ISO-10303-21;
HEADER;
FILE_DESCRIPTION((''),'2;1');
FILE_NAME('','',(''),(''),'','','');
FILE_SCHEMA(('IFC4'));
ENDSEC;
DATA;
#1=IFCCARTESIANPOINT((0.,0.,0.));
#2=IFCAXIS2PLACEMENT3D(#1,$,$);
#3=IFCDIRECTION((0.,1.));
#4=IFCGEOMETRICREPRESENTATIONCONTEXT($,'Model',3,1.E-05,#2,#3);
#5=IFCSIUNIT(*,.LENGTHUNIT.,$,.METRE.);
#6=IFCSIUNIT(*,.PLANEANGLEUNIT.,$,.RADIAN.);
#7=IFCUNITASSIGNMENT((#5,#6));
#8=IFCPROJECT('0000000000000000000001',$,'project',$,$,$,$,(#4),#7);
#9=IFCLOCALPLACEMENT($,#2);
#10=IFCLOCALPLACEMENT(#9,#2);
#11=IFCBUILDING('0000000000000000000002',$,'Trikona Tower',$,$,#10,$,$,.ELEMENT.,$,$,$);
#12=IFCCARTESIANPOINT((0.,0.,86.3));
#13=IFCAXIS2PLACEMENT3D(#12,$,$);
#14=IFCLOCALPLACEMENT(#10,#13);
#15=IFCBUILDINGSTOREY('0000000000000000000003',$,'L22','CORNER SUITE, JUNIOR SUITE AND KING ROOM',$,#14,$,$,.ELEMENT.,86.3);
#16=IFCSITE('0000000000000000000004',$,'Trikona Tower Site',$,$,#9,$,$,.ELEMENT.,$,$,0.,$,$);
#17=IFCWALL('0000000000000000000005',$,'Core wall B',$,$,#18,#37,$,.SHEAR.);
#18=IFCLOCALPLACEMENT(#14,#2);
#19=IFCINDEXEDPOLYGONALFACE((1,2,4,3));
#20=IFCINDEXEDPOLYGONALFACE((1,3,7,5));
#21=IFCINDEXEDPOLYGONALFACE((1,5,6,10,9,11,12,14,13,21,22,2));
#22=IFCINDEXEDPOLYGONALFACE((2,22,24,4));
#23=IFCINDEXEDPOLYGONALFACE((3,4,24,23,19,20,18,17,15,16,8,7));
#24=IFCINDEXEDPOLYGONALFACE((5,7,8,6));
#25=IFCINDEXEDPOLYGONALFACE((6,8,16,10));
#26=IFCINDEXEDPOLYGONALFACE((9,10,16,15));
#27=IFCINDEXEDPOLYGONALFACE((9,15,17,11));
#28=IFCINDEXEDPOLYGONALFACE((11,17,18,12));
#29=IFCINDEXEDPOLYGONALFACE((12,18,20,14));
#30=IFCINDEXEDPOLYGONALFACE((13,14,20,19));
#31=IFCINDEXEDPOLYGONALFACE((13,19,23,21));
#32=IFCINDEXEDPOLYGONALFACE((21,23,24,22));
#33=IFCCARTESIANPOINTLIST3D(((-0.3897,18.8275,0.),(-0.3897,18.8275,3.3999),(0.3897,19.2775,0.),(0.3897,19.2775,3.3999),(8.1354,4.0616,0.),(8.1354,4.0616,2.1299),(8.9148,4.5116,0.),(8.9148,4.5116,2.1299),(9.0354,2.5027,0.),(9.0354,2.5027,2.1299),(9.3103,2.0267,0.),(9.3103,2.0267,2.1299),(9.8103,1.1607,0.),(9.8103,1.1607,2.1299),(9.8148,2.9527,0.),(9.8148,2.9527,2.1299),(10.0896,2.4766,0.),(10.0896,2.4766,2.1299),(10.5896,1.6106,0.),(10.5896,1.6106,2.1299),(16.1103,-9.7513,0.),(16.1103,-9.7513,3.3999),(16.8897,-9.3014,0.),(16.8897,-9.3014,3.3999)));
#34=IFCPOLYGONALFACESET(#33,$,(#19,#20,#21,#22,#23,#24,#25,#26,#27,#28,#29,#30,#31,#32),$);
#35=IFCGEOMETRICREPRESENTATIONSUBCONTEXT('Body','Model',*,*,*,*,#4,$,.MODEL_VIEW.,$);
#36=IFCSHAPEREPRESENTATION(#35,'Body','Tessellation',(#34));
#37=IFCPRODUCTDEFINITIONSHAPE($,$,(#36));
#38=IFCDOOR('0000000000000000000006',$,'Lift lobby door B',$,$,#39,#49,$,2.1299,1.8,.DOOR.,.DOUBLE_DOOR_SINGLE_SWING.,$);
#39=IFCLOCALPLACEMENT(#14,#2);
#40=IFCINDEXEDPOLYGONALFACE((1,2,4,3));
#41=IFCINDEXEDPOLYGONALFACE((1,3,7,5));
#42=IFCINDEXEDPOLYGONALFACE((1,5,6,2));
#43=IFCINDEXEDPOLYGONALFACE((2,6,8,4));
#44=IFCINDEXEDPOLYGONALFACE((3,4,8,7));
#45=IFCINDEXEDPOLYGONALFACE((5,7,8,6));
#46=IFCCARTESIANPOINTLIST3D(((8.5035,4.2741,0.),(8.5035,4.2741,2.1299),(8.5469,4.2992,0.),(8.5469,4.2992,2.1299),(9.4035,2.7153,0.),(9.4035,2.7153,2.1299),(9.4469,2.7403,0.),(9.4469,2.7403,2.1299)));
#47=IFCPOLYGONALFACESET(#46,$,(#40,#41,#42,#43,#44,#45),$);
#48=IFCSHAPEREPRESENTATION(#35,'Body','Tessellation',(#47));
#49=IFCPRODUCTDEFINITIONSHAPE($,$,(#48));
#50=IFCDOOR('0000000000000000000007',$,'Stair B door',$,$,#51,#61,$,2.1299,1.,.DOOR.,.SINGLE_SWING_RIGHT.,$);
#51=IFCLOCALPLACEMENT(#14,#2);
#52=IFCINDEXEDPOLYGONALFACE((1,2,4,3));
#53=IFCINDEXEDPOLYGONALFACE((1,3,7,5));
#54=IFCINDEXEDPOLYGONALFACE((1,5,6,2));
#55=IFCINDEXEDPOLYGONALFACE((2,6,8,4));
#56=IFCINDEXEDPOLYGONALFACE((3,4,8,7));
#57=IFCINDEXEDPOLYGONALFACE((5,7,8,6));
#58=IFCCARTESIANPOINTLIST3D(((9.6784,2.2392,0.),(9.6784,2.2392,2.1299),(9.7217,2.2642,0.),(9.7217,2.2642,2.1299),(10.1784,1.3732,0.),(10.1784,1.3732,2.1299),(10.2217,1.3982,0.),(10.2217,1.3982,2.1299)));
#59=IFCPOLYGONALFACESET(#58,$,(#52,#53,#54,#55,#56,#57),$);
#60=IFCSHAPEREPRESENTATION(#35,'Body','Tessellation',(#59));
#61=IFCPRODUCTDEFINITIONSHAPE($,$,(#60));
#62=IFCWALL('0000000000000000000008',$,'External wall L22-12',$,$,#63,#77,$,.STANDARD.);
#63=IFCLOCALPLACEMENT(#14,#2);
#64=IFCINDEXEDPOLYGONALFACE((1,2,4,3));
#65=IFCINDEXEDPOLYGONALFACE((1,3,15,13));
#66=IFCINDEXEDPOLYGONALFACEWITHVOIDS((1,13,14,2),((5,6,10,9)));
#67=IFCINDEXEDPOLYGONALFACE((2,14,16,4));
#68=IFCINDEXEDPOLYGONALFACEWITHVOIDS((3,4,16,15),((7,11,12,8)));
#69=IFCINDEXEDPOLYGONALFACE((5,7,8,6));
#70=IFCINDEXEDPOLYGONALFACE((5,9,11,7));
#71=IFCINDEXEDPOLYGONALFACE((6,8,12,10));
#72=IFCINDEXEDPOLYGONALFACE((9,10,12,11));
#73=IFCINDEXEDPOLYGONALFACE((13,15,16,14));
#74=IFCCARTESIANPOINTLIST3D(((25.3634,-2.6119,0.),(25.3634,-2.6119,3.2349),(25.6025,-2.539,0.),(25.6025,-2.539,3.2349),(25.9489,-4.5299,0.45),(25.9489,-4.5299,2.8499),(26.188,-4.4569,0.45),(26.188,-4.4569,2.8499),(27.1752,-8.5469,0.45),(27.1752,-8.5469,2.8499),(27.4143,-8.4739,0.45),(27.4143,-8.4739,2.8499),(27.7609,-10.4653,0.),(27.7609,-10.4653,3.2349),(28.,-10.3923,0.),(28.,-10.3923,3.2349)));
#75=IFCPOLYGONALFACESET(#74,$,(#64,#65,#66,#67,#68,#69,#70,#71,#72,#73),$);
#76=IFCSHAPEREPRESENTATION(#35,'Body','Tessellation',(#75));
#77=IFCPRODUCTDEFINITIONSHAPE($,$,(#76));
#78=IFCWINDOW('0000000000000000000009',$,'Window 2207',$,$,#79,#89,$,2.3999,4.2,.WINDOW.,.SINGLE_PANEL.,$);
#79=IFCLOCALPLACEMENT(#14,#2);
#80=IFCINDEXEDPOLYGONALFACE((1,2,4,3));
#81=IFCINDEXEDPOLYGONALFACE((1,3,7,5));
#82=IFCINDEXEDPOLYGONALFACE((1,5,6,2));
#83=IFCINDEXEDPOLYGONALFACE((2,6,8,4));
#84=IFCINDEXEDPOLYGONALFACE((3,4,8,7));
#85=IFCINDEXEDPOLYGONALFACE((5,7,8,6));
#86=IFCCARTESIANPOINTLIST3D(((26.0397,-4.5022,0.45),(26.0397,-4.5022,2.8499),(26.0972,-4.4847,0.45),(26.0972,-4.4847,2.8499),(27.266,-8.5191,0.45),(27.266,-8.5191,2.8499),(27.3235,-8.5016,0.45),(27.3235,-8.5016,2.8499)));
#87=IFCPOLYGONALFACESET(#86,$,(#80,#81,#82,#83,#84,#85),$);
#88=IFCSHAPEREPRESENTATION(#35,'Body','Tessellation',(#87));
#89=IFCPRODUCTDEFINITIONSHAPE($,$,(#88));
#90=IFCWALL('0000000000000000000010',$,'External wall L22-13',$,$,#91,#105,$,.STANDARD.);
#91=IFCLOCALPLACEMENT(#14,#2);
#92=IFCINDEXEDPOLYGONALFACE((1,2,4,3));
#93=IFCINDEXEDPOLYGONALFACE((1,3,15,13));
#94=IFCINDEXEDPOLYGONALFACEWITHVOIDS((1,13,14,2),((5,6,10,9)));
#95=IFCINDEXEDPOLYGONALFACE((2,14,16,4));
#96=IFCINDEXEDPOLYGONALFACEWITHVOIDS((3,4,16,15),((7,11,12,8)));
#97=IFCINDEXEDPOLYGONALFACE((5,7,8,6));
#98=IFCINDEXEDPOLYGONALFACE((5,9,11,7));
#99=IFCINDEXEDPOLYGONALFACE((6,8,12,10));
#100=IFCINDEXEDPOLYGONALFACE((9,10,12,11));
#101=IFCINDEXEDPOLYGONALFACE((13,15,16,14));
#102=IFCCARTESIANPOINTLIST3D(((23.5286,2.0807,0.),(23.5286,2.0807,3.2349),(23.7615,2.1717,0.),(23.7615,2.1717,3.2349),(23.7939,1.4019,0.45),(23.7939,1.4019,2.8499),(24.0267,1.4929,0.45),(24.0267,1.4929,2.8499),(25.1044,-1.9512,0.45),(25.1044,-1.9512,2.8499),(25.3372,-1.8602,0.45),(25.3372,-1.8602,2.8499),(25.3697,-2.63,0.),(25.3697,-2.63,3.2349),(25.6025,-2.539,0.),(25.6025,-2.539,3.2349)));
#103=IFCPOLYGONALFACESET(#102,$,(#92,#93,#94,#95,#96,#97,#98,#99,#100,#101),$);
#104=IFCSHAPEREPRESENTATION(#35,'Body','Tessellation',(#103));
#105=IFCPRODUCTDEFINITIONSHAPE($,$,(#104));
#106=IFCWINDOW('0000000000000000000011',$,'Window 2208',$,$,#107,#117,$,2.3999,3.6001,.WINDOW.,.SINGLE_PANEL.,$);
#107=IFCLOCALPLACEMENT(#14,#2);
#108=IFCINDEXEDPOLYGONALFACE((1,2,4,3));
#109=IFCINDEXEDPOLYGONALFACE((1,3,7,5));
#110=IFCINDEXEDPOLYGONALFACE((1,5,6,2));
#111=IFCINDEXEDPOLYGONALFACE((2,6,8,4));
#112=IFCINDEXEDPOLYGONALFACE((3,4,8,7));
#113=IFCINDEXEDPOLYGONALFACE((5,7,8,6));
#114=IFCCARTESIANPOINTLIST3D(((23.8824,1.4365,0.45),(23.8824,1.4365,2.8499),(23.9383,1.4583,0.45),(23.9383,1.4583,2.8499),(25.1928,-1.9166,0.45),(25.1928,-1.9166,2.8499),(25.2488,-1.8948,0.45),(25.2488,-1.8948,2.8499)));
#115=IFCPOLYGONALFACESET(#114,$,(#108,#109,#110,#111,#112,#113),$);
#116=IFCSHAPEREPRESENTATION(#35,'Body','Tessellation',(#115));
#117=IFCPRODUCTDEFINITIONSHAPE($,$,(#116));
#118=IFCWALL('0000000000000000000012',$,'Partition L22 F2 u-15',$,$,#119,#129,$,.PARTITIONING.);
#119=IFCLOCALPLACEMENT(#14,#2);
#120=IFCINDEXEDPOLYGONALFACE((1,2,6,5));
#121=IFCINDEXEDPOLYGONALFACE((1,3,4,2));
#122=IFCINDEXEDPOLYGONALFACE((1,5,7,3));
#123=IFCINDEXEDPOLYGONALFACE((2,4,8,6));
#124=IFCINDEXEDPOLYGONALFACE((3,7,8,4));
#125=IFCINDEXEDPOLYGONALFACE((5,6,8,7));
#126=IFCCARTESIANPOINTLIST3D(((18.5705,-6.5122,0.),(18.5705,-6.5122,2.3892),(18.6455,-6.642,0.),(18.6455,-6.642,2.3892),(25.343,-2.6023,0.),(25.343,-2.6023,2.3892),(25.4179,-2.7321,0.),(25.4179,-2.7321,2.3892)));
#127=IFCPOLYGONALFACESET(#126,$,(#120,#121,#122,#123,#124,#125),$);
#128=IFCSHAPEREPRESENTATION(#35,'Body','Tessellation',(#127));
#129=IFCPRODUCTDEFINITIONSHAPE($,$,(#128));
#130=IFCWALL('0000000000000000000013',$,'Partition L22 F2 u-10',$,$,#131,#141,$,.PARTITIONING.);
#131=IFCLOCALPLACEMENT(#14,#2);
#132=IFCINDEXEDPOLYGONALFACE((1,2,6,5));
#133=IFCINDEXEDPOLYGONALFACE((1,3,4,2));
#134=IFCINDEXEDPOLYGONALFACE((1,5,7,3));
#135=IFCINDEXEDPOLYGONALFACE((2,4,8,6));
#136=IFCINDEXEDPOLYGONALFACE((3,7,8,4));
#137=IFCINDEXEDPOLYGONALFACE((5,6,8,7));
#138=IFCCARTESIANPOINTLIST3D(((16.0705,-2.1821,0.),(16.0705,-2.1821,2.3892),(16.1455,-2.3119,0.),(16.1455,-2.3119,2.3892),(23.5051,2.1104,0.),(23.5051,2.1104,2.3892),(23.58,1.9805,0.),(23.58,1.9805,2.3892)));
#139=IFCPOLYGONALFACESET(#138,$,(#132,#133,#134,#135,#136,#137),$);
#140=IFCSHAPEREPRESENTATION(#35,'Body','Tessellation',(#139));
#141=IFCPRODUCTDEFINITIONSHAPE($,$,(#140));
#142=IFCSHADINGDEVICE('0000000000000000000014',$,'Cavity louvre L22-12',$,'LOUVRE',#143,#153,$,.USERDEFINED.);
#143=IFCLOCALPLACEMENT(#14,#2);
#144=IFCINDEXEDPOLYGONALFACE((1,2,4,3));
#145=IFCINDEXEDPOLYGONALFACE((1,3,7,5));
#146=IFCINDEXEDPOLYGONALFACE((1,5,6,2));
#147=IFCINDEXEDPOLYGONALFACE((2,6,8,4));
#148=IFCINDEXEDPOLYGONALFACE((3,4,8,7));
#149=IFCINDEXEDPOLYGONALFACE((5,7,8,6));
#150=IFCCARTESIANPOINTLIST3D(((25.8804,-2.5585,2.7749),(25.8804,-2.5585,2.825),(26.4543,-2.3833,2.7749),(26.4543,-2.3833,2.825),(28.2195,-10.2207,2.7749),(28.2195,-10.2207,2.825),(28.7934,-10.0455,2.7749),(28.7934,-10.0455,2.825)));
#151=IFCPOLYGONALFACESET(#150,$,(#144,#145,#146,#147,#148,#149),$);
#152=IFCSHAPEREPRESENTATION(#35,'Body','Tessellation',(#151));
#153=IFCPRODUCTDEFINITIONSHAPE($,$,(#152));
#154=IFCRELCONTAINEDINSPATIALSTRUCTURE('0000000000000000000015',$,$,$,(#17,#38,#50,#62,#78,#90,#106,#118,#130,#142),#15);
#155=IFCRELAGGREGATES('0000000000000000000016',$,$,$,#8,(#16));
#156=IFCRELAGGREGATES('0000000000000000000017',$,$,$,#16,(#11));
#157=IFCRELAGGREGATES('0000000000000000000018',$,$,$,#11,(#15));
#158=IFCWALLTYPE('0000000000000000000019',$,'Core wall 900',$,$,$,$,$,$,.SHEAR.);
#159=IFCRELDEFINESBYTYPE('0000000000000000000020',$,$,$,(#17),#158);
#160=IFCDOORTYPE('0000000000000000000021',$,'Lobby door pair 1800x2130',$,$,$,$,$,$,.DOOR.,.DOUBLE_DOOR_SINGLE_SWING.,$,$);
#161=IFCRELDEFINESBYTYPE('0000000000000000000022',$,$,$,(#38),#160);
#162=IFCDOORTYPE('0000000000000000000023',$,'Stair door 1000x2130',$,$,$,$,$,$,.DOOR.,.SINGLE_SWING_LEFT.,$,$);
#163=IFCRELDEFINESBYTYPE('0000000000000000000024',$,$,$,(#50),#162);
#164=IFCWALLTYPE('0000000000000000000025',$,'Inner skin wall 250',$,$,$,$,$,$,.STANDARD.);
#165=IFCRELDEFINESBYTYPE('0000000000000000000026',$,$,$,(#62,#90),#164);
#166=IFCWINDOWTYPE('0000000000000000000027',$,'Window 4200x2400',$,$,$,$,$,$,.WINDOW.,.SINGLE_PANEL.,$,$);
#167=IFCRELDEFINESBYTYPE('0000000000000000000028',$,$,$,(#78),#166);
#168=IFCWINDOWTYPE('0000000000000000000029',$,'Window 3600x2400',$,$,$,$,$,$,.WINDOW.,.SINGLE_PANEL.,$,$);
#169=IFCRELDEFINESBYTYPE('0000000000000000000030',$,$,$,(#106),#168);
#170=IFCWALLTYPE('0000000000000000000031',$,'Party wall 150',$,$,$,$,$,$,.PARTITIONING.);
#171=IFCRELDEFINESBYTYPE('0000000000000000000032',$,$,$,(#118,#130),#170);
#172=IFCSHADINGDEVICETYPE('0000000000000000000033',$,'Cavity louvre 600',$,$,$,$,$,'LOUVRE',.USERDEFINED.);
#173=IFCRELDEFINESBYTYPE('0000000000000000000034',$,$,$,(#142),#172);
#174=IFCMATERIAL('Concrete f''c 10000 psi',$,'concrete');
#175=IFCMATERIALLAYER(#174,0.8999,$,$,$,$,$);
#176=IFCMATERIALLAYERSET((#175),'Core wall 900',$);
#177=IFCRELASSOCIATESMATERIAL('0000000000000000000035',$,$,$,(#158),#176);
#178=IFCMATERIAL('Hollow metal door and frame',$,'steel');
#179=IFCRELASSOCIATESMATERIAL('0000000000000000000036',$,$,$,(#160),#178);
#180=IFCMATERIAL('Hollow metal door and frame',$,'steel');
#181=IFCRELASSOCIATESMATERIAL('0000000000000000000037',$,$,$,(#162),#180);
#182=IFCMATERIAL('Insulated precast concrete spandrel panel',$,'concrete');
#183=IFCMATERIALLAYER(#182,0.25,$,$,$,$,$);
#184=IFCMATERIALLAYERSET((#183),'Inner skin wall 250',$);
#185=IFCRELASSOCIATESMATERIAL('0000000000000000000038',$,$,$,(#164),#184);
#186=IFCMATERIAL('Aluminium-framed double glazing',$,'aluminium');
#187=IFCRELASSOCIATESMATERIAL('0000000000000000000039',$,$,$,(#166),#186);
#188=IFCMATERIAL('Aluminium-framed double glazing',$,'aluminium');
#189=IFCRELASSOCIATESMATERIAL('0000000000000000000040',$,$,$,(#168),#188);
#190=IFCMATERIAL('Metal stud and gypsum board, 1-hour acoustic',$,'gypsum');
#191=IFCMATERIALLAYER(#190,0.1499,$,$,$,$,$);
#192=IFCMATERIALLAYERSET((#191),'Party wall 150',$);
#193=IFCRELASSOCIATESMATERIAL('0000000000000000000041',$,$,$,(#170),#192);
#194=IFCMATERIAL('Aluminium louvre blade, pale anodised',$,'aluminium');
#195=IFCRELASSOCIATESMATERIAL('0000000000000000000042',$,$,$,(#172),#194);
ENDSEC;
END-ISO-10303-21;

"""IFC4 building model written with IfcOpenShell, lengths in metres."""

from ifc_helpers import new_model, si_unit, direction, frame, frame_2d, origin, origin_2d, place, context, subcontext, project, spatial, rectangle, extrude, material, layer, layer_set, type_object, element, fill, save


model = new_model("IFC4")

# Units and contexts
model_context = context("Model", 3, precision=1e-05, world=origin(), true_north=direction((0.0, 1.0)))
body_context = subcontext(model_context, "Body", "Model", "MODEL_VIEW")
ifc_project = project(units=[si_unit("LENGTHUNIT", "METRE"), si_unit("PLANEANGLEUNIT", "RADIAN")], contexts=[model_context])

# Site, building, storey
site_placement = place(None, origin())
site = spatial("IfcSite", under=ifc_project, at=site_placement, Name="Trikona Tower Site", CompositionType="ELEMENT", RefElevation=0.0)
building_placement = place(site_placement, origin())
building = spatial("IfcBuilding", under=site, at=building_placement, Name="Trikona Tower", CompositionType="ELEMENT")
storey_placement = place(building_placement, frame((0.0, 0.0, 86.3)))
storey = spatial("IfcBuildingStorey", under=building, at=storey_placement, Name="L22", Description="CORNER SUITE, JUNIOR SUITE AND KING ROOM", CompositionType="ELEMENT", Elevation=86.3)

# Wall, openings, doors
ifc_material_1 = material(Name="Concrete f'c 10000 psi", Category="concrete")
ifc_layer_1 = layer(ifc_material_1, 0.8999)
ifc_layer_set_1 = layer_set([ifc_layer_1], Name="Core wall 900")
wall_type_1 = type_object("IfcWallType", Name="Core wall 900", PredefinedType="SHEAR", material=ifc_layer_set_1)
wall_1_placement = place(storey_placement, frame((16.5, -9.5264, 0.0), z_axis=(0.0, 0.0, 1.0), x_axis=(-0.5, 0.866026, 0.0)))
wall_1 = element("IfcWall", 1, at=wall_1_placement, inside=storey, type_object=wall_type_1, Name="Core wall B", PredefinedType="SHEAR", context=body_context, shape_type="SweptSolid", body=[
    extrude(rectangle(XDim=33.0, YDim=0.8999, at=frame_2d((16.5, 0.0))), origin(), (0.0, 0.0, 1.0), 3.3999),
])
opening_1_placement = place(wall_1_placement, frame((14.1499, 0.0, 0.0)))
opening_1 = element("IfcOpeningElement", 2, at=opening_1_placement, cuts=wall_1, PredefinedType="OPENING", context=body_context, shape_type="SweptSolid", body=[
    extrude(rectangle(XDim=1.8, YDim=2.1299, at=frame_2d((0.8999, 1.0649))), frame((0.0, 0.46, 0.0), z_axis=(0.0, -1.0, 0.0), x_axis=(1.0, 0.0, 0.0)), (0.0, 0.0, 1.0), 0.9199),
])
opening_2_placement = place(wall_1_placement, frame((12.6001, 0.0, 0.0)))
opening_2 = element("IfcOpeningElement", 3, at=opening_2_placement, cuts=wall_1, PredefinedType="OPENING", context=body_context, shape_type="SweptSolid", body=[
    extrude(rectangle(XDim=1.0, YDim=2.1299, at=frame_2d((0.5, 1.0649))), frame((0.0, 0.46, 0.0), z_axis=(0.0, -1.0, 0.0), x_axis=(1.0, 0.0, 0.0)), (0.0, 0.0, 1.0), 0.9199),
])
ifc_material_2 = material(Name="Hollow metal door and frame", Category="steel")
door_type_1 = type_object("IfcDoorType", Name="Lobby door pair 1800x2130", OperationType="DOUBLE_DOOR_SINGLE_SWING", PredefinedType="DOOR", material=ifc_material_2)
door_1_placement = place(opening_1_placement, origin())
door_1 = element("IfcDoor", 4, at=door_1_placement, inside=storey, type_object=door_type_1, Name="Lift lobby door B", OperationType="DOUBLE_DOOR_SINGLE_SWING", OverallHeight=2.1299, OverallWidth=1.8, PredefinedType="DOOR", context=body_context, shape_type="SweptSolid", body=[
    extrude(rectangle(XDim=1.8, YDim=2.1299, at=frame_2d((0.8999, 1.0649))), frame((0.0, 0.0249, 0.0), z_axis=(0.0, -1.0, 0.0), x_axis=(1.0, 0.0, 0.0)), (0.0, 0.0, 1.0), 0.05),
])
fill(opening_1, door_1)
ifc_material_3 = material(Name="Hollow metal door and frame", Category="steel")
door_type_2 = type_object("IfcDoorType", Name="Stair door 1000x2130", OperationType="SINGLE_SWING_LEFT", PredefinedType="DOOR", material=ifc_material_3)
door_2_placement = place(opening_2_placement, origin())
door_2 = element("IfcDoor", 5, at=door_2_placement, inside=storey, type_object=door_type_2, Name="Stair B door", OperationType="SINGLE_SWING_RIGHT", OverallHeight=2.1299, OverallWidth=1.0, PredefinedType="DOOR", context=body_context, shape_type="SweptSolid", body=[
    extrude(rectangle(XDim=1.0, YDim=2.1299, at=frame_2d((0.5, 1.0649))), frame((0.0, 0.0249, 0.0), z_axis=(0.0, -1.0, 0.0), x_axis=(1.0, 0.0, 0.0)), (0.0, 0.0, 1.0), 0.05),
])
fill(opening_2, door_2)

# Walls, openings, windows
ifc_material_4 = material(Name="Insulated precast concrete spandrel panel", Category="concrete")
ifc_layer_2 = layer(ifc_material_4, 0.25)
ifc_layer_set_2 = layer_set([ifc_layer_2], Name="Inner skin wall 250")
wall_type_2 = type_object("IfcWallType", Name="Inner skin wall 250", PredefinedType="STANDARD", material=ifc_layer_set_2)
wall_2_placement = place(storey_placement, frame((27.8804, -10.4287, 0.0), z_axis=(0.0, 0.0, 1.0), x_axis=(-0.291979, 0.956425, 0.0)))
wall_2 = element("IfcWall", 6, at=wall_2_placement, inside=storey, type_object=wall_type_2, Name="External wall L22-12", PredefinedType="STANDARD", context=body_context, shape_type="SweptSolid", body=[
    extrude(rectangle(XDim=8.2112, YDim=0.25, at=frame_2d((4.1055, 0.0))), origin(), (0.0, 0.0, 1.0), 3.2349),
])
opening_3_placement = place(wall_2_placement, frame((2.0056, 0.0, 0.45)))
opening_3 = element("IfcOpeningElement", 7, at=opening_3_placement, cuts=wall_2, PredefinedType="OPENING", context=body_context, shape_type="SweptSolid", body=[
    extrude(rectangle(XDim=4.2, YDim=2.3999, at=frame_2d((2.1001, 1.2))), frame((0.0, 0.135, 0.0), z_axis=(0.0, -1.0, 0.0), x_axis=(1.0, 0.0, 0.0)), (0.0, 0.0, 1.0), 0.27),
])
ifc_material_5 = material(Name="Aluminium-framed double glazing", Category="aluminium")
window_type_1 = type_object("IfcWindowType", Name="Window 4200x2400", PartitioningType="SINGLE_PANEL", PredefinedType="WINDOW", material=ifc_material_5)
window_1_placement = place(opening_3_placement, origin())
window_1 = element("IfcWindow", 8, at=window_1_placement, inside=storey, type_object=window_type_1, Name="Window 2207", OverallHeight=2.3999, OverallWidth=4.2, PartitioningType="SINGLE_PANEL", PredefinedType="WINDOW", context=body_context, shape_type="SweptSolid", body=[
    extrude(rectangle(XDim=4.2, YDim=2.3999, at=frame_2d((2.1001, 1.2))), frame((0.0, 0.03, 0.0), z_axis=(0.0, -1.0, 0.0), x_axis=(1.0, 0.0, 0.0)), (0.0, 0.0, 1.0), 0.0601),
])
fill(opening_3, window_1)
wall_3_placement = place(storey_placement, frame((25.4861, -2.5845, 0.0), z_axis=(0.0, 0.0, 1.0), x_axis=(-0.364013, 0.931394, 0.0)))
wall_3 = element("IfcWall", 9, at=wall_3_placement, inside=storey, type_object=wall_type_2, Name="External wall L22-13", PredefinedType="STANDARD", context=body_context, shape_type="SweptSolid", body=[
    extrude(rectangle(XDim=5.0576, YDim=0.25, at=frame_2d((2.5288, 0.0))), origin(), (0.0, 0.0, 1.0), 3.2349),
])
opening_4_placement = place(wall_3_placement, frame((0.7288, 0.0, 0.45)))
opening_4 = element("IfcOpeningElement", 10, at=opening_4_placement, cuts=wall_3, PredefinedType="OPENING", context=body_context, shape_type="SweptSolid", body=[
    extrude(rectangle(XDim=3.6001, YDim=2.3999, at=frame_2d((1.8, 1.2))), frame((0.0, 0.135, 0.0), z_axis=(0.0, -1.0, 0.0), x_axis=(1.0, 0.0, 0.0)), (0.0, 0.0, 1.0), 0.27),
])
ifc_material_6 = material(Name="Aluminium-framed double glazing", Category="aluminium")
window_type_2 = type_object("IfcWindowType", Name="Window 3600x2400", PartitioningType="SINGLE_PANEL", PredefinedType="WINDOW", material=ifc_material_6)
window_2_placement = place(opening_4_placement, origin())
window_2 = element("IfcWindow", 11, at=window_2_placement, inside=storey, type_object=window_type_2, Name="Window 2208", OverallHeight=2.3999, OverallWidth=3.6001, PartitioningType="SINGLE_PANEL", PredefinedType="WINDOW", context=body_context, shape_type="SweptSolid", body=[
    extrude(rectangle(XDim=3.6001, YDim=2.3999, at=frame_2d((1.8, 1.2))), frame((0.0, 0.03, 0.0), z_axis=(0.0, -1.0, 0.0), x_axis=(1.0, 0.0, 0.0)), (0.0, 0.0, 1.0), 0.0601),
])
fill(opening_4, window_2)

# Walls
ifc_material_7 = material(Name="Metal stud and gypsum board, 1-hour acoustic", Category="gypsum")
ifc_layer_3 = layer(ifc_material_7, 0.1499)
ifc_layer_set_3 = layer_set([ifc_layer_3], Name="Party wall 150")
wall_type_3 = type_object("IfcWallType", Name="Party wall 150", PredefinedType="PARTITIONING", material=ifc_layer_set_3)
wall_4_placement = place(storey_placement, frame((18.6079, -6.5771, 0.0), z_axis=(0.0, 0.0, 1.0), x_axis=(0.866035, 0.499984, 0.0)))
element("IfcWall", 12, at=wall_4_placement, inside=storey, type_object=wall_type_3, Name="Partition L22 F2 u-15", PredefinedType="PARTITIONING", context=body_context, shape_type="SweptSolid", body=[
    extrude(rectangle(XDim=7.8201, YDim=0.1499, at=frame_2d((3.9102, 0.0))), origin(), (0.0, 0.0, 1.0), 2.3892),
])
wall_5_placement = place(storey_placement, frame((16.1079, -2.2471, 0.0), z_axis=(0.0, 0.0, 1.0), x_axis=(0.866019, 0.500011, 0.0)))
element("IfcWall", 13, at=wall_5_placement, inside=storey, type_object=wall_type_3, Name="Partition L22 F2 u-10", PredefinedType="PARTITIONING", context=body_context, shape_type="SweptSolid", body=[
    extrude(rectangle(XDim=8.5847, YDim=0.1499, at=frame_2d((4.2925, 0.0))), origin(), (0.0, 0.0, 1.0), 2.3892),
])

# Shading device
ifc_material_8 = material(Name="Aluminium louvre blade, pale anodised", Category="aluminium")
shading_device_type = type_object("IfcShadingDeviceType", Name="Cavity louvre 600", ElementType="LOUVRE", PredefinedType="USERDEFINED", material=ifc_material_8)
shading_device_placement = place(storey_placement, frame((27.3369, -6.302, 2.7749), z_axis=(0.0, 0.0, 1.0), x_axis=(-0.291979, 0.956425, 0.0)))
element("IfcShadingDevice", 14, at=shading_device_placement, inside=storey, type_object=shading_device_type, Name="Cavity louvre L22-12", ObjectType="LOUVRE", PredefinedType="USERDEFINED", context=body_context, shape_type="SweptSolid", body=[
    extrude(rectangle(XDim=8.0112, YDim=0.6001, at=origin_2d()), origin(), (0.0, 0.0, 1.0), 0.05),
])

save(model, "model.ifc")
